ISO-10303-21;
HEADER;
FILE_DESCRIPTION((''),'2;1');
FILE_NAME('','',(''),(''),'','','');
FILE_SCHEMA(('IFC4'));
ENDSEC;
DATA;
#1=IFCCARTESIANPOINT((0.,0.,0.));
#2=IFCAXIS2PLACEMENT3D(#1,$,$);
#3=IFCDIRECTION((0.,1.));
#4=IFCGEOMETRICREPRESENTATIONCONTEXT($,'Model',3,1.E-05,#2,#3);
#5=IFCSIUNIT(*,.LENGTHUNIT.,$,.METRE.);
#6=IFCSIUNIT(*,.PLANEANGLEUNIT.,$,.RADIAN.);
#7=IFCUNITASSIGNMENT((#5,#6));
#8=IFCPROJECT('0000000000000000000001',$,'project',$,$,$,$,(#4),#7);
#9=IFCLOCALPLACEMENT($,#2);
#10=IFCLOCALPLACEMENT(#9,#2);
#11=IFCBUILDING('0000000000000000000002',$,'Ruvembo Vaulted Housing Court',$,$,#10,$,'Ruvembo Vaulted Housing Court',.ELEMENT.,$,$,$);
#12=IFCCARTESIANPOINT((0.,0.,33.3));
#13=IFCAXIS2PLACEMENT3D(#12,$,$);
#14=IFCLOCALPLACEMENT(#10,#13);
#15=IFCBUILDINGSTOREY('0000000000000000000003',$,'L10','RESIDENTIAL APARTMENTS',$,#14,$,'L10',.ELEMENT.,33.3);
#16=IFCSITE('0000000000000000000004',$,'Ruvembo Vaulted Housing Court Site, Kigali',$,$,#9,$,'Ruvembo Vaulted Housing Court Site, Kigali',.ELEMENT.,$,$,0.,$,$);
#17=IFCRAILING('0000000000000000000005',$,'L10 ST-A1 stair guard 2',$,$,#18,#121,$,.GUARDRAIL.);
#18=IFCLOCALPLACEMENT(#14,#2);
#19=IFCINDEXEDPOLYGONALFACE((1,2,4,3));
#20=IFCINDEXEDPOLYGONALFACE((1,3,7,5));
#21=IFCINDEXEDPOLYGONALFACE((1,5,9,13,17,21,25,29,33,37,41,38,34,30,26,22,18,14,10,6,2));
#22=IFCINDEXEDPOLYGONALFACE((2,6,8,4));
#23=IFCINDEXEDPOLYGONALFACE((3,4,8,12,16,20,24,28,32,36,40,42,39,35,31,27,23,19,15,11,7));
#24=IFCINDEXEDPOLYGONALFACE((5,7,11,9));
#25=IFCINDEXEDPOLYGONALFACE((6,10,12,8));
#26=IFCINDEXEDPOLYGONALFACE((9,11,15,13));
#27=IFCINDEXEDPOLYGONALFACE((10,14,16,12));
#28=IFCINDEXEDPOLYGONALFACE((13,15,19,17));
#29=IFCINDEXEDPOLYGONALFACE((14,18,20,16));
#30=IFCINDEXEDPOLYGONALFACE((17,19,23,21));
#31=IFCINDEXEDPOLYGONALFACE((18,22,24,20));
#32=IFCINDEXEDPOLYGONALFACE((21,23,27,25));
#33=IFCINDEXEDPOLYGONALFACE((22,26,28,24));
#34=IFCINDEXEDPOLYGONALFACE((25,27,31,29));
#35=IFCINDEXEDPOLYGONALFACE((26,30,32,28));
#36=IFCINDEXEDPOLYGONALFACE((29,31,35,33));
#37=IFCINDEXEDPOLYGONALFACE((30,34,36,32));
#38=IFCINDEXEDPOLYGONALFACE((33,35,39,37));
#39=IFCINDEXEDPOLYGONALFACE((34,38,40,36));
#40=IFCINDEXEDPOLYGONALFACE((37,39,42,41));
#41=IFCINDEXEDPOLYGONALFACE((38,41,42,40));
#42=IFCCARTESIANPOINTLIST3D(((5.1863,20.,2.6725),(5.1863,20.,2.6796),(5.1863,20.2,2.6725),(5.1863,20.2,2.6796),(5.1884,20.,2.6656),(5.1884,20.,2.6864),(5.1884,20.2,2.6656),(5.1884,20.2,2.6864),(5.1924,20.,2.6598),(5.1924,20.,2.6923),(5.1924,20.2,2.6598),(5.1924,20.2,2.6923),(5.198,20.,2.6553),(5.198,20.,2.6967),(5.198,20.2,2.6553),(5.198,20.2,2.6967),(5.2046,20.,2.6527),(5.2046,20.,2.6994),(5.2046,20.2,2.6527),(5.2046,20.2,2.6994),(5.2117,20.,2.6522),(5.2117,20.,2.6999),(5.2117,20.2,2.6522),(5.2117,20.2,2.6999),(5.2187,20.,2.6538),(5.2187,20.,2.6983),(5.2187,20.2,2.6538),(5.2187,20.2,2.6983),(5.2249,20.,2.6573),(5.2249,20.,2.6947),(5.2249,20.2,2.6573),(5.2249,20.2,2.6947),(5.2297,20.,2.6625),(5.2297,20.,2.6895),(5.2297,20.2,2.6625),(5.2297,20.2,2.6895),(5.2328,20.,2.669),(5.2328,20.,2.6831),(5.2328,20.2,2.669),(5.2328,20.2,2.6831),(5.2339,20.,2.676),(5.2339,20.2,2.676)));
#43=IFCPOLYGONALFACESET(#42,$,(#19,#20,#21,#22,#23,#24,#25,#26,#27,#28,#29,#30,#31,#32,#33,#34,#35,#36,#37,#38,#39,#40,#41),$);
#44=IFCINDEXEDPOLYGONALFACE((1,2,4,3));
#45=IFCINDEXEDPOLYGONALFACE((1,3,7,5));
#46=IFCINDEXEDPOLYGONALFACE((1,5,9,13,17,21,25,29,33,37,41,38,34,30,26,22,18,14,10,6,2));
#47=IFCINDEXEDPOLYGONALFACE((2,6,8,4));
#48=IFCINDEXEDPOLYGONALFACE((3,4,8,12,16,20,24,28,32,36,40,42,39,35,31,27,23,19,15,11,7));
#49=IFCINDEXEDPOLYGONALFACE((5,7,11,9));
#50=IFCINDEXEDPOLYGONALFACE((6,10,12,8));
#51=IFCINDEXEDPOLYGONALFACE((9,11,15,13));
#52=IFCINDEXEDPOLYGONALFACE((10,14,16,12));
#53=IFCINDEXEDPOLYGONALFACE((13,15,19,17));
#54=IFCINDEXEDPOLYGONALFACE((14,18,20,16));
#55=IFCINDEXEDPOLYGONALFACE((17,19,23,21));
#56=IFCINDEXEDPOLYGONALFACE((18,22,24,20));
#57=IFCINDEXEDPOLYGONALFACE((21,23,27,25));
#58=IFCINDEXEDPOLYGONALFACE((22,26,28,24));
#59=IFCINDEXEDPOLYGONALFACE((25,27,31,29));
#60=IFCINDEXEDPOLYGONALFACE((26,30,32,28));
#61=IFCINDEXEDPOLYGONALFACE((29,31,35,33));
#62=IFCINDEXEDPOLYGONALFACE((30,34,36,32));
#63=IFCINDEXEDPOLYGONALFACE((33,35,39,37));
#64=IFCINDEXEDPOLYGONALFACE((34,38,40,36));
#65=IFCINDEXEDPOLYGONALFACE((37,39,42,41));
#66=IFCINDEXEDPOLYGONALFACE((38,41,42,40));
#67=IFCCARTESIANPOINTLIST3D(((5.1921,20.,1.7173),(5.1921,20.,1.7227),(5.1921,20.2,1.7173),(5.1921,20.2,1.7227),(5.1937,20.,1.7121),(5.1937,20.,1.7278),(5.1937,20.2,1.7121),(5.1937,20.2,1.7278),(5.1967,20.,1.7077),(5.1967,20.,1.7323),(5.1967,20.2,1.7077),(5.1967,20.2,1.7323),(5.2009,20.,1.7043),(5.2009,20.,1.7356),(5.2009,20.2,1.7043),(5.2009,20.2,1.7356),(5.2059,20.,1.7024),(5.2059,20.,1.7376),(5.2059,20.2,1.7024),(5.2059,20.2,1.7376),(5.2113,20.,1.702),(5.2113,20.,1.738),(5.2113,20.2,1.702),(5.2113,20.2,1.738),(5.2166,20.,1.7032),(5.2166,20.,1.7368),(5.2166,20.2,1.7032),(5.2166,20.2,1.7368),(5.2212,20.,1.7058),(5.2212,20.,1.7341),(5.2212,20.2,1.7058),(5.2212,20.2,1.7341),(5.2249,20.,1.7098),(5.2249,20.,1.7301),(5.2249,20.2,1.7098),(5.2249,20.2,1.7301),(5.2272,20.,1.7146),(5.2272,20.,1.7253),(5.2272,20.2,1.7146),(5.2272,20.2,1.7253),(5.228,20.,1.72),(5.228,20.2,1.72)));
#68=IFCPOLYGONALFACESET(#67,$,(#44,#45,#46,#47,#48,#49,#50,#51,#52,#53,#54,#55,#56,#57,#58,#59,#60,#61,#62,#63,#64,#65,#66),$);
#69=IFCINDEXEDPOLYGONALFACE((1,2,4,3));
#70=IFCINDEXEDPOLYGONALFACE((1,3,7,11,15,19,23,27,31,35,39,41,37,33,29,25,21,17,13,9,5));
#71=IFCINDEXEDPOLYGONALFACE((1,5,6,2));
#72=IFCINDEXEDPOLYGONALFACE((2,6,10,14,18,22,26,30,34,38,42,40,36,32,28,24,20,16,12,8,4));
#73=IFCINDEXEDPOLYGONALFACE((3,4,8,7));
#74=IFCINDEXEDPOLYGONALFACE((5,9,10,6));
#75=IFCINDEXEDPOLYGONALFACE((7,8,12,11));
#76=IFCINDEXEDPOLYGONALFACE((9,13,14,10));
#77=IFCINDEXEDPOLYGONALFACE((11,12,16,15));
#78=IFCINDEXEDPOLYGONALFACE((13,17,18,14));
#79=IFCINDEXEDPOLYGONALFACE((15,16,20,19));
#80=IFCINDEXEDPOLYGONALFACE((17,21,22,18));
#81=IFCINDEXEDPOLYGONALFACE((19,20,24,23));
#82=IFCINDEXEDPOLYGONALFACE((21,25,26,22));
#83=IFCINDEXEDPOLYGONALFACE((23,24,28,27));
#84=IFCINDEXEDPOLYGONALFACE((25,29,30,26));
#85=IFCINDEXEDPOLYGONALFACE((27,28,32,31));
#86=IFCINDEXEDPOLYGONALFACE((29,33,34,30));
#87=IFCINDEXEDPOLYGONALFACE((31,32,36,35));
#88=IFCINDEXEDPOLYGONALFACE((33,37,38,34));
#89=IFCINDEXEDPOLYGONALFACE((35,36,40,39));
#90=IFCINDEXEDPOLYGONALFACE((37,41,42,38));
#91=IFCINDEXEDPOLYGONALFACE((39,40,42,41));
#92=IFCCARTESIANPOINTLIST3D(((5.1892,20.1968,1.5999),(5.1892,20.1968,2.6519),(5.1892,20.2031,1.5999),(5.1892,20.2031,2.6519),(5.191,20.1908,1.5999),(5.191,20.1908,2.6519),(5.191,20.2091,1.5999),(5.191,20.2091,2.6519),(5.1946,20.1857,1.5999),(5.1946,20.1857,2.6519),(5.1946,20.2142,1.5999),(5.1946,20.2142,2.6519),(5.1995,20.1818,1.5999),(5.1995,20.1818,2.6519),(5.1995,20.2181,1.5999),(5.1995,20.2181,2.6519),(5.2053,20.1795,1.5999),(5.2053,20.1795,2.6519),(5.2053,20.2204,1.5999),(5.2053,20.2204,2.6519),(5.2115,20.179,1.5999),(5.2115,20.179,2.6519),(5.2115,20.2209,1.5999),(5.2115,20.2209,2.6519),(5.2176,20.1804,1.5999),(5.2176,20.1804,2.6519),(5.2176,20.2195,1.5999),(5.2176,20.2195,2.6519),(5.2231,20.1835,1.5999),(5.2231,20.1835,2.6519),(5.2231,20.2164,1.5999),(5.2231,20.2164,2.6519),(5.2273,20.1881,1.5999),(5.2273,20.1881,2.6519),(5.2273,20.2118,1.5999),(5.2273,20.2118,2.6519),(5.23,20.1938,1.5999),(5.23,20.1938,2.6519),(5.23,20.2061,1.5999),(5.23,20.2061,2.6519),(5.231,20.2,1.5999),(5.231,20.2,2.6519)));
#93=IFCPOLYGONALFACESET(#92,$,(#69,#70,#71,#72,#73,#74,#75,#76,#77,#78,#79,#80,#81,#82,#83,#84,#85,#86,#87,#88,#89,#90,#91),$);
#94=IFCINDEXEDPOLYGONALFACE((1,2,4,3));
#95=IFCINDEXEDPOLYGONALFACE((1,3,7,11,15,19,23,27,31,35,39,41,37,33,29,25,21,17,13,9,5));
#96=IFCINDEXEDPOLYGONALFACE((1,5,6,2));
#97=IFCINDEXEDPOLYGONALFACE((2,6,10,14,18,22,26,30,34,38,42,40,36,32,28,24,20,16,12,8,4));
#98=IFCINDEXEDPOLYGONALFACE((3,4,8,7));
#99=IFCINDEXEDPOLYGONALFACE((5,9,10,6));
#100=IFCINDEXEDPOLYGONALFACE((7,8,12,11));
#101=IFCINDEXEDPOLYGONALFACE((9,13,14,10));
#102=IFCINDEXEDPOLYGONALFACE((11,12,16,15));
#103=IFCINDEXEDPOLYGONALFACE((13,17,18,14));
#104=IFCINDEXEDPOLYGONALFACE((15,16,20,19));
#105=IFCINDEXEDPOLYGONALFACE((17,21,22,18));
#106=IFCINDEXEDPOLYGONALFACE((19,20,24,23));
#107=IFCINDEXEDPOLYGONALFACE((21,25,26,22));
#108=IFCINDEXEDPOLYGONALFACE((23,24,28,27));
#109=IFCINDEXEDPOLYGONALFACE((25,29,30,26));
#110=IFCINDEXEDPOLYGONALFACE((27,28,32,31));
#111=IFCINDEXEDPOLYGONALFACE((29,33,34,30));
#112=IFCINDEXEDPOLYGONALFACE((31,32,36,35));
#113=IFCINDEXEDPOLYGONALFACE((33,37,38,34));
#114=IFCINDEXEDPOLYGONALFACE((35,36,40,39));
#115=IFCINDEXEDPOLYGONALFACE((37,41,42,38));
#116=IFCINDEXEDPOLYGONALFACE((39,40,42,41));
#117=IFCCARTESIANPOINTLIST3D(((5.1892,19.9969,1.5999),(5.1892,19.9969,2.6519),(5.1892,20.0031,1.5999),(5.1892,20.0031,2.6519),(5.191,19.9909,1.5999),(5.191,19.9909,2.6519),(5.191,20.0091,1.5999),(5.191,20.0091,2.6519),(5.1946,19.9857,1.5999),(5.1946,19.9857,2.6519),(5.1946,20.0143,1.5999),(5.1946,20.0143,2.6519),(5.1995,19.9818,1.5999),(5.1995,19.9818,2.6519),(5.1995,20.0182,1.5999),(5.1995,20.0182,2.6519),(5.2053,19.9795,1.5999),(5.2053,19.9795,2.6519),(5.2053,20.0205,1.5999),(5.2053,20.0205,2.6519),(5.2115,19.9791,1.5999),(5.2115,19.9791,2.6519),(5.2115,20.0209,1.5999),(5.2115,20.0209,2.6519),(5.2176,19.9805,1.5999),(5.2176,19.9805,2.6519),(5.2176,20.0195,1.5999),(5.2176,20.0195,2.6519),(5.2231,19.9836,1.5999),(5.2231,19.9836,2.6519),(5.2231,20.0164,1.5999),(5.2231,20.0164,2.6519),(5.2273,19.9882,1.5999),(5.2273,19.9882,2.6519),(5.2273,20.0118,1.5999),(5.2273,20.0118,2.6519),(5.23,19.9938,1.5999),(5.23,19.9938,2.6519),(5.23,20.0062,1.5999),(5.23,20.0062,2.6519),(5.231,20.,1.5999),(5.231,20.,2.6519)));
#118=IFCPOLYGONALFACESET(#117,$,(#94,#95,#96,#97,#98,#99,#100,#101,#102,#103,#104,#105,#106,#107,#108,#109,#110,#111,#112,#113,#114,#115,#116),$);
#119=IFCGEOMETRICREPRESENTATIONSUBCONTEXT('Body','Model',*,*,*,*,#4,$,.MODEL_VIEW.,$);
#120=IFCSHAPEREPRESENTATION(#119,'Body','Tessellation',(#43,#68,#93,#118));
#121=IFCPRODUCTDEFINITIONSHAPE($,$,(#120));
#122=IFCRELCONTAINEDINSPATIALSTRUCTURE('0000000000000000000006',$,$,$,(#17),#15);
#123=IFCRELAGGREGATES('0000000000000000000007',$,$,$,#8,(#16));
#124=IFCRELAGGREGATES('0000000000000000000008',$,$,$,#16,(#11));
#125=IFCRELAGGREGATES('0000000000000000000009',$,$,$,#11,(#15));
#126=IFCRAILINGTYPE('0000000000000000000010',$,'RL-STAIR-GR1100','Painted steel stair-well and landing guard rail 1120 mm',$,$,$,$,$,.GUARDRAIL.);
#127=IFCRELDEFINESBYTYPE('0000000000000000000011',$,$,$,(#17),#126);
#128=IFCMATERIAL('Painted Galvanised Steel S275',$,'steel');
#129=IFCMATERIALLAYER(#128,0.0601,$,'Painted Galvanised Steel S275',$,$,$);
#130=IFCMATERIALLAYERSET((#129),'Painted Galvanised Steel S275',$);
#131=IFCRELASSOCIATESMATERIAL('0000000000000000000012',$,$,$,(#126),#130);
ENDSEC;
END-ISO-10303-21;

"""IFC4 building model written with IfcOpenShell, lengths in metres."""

from ifc_helpers import new_model, si_unit, direction, frame, origin, origin_2d, place, context, subcontext, project, spatial, circle, extrude, material, layer, layer_set, type_object, element, save


model = new_model("IFC4")

# Units and contexts
model_context = context("Model", 3, precision=1e-05, world=origin(), true_north=direction((0.0, 1.0)))
body_context = subcontext(model_context, "Body", "Model", "MODEL_VIEW")
ifc_project = project(units=[si_unit("LENGTHUNIT", "METRE"), si_unit("PLANEANGLEUNIT", "RADIAN")], contexts=[model_context])

# Site, building, storey
site_placement = place(None, origin())
site = spatial("IfcSite", under=ifc_project, at=site_placement, Name="Ruvembo Vaulted Housing Court Site, Kigali", LongName="Ruvembo Vaulted Housing Court Site, Kigali", CompositionType="ELEMENT", RefElevation=0.0)
building_placement = place(site_placement, origin())
building = spatial("IfcBuilding", under=site, at=building_placement, Name="Ruvembo Vaulted Housing Court", LongName="Ruvembo Vaulted Housing Court", CompositionType="ELEMENT")
storey_placement = place(building_placement, frame((0.0, 0.0, 33.3)))
storey = spatial("IfcBuildingStorey", under=building, at=storey_placement, Name="L10", Description="RESIDENTIAL APARTMENTS", LongName="L10", CompositionType="ELEMENT", Elevation=33.3)

# Railing
ifc_material_1 = material(Name="Painted Galvanised Steel S275", Category="steel")
ifc_layer_1 = layer(ifc_material_1, 0.0601, Name="Painted Galvanised Steel S275")
ifc_layer_set_1 = layer_set([ifc_layer_1], Name="Painted Galvanised Steel S275")
railing_type_1 = type_object("IfcRailingType", Name="RL-STAIR-GR1100", Description="Painted steel stair-well and landing guard rail 1120 mm", PredefinedType="GUARDRAIL", material=ifc_layer_set_1)
railing_1_placement = place(storey_placement, frame((5.21, 20.2, 1.5999)))
element("IfcRailing", 1, at=railing_1_placement, inside=storey, type_object=railing_type_1, Name="L10 ST-A1 stair guard 2", PredefinedType="GUARDRAIL", context=body_context, shape_type="SweptSolid", body=[
    extrude(circle(Radius=0.0239, at=origin_2d()), frame((0.0, 0.0, 1.0762), z_axis=(0.0, -1.0, 0.0), x_axis=(1.0, 0.0, 0.0)), (0.0, 0.0, 1.0), 0.2),
    extrude(circle(Radius=0.0181, at=origin_2d()), frame((0.0, 0.0, 0.1201), z_axis=(0.0, -1.0, 0.0), x_axis=(1.0, 0.0, 0.0)), (0.0, 0.0, 1.0), 0.2),
    extrude(circle(Radius=0.021, at=origin_2d()), origin(), (0.0, 0.0, 1.0), 1.052),
    extrude(circle(Radius=0.021, at=origin_2d()), frame((0.0, -0.2, 0.0)), (0.0, 0.0, 1.0), 1.052),
])

save(model, "model.ifc")
